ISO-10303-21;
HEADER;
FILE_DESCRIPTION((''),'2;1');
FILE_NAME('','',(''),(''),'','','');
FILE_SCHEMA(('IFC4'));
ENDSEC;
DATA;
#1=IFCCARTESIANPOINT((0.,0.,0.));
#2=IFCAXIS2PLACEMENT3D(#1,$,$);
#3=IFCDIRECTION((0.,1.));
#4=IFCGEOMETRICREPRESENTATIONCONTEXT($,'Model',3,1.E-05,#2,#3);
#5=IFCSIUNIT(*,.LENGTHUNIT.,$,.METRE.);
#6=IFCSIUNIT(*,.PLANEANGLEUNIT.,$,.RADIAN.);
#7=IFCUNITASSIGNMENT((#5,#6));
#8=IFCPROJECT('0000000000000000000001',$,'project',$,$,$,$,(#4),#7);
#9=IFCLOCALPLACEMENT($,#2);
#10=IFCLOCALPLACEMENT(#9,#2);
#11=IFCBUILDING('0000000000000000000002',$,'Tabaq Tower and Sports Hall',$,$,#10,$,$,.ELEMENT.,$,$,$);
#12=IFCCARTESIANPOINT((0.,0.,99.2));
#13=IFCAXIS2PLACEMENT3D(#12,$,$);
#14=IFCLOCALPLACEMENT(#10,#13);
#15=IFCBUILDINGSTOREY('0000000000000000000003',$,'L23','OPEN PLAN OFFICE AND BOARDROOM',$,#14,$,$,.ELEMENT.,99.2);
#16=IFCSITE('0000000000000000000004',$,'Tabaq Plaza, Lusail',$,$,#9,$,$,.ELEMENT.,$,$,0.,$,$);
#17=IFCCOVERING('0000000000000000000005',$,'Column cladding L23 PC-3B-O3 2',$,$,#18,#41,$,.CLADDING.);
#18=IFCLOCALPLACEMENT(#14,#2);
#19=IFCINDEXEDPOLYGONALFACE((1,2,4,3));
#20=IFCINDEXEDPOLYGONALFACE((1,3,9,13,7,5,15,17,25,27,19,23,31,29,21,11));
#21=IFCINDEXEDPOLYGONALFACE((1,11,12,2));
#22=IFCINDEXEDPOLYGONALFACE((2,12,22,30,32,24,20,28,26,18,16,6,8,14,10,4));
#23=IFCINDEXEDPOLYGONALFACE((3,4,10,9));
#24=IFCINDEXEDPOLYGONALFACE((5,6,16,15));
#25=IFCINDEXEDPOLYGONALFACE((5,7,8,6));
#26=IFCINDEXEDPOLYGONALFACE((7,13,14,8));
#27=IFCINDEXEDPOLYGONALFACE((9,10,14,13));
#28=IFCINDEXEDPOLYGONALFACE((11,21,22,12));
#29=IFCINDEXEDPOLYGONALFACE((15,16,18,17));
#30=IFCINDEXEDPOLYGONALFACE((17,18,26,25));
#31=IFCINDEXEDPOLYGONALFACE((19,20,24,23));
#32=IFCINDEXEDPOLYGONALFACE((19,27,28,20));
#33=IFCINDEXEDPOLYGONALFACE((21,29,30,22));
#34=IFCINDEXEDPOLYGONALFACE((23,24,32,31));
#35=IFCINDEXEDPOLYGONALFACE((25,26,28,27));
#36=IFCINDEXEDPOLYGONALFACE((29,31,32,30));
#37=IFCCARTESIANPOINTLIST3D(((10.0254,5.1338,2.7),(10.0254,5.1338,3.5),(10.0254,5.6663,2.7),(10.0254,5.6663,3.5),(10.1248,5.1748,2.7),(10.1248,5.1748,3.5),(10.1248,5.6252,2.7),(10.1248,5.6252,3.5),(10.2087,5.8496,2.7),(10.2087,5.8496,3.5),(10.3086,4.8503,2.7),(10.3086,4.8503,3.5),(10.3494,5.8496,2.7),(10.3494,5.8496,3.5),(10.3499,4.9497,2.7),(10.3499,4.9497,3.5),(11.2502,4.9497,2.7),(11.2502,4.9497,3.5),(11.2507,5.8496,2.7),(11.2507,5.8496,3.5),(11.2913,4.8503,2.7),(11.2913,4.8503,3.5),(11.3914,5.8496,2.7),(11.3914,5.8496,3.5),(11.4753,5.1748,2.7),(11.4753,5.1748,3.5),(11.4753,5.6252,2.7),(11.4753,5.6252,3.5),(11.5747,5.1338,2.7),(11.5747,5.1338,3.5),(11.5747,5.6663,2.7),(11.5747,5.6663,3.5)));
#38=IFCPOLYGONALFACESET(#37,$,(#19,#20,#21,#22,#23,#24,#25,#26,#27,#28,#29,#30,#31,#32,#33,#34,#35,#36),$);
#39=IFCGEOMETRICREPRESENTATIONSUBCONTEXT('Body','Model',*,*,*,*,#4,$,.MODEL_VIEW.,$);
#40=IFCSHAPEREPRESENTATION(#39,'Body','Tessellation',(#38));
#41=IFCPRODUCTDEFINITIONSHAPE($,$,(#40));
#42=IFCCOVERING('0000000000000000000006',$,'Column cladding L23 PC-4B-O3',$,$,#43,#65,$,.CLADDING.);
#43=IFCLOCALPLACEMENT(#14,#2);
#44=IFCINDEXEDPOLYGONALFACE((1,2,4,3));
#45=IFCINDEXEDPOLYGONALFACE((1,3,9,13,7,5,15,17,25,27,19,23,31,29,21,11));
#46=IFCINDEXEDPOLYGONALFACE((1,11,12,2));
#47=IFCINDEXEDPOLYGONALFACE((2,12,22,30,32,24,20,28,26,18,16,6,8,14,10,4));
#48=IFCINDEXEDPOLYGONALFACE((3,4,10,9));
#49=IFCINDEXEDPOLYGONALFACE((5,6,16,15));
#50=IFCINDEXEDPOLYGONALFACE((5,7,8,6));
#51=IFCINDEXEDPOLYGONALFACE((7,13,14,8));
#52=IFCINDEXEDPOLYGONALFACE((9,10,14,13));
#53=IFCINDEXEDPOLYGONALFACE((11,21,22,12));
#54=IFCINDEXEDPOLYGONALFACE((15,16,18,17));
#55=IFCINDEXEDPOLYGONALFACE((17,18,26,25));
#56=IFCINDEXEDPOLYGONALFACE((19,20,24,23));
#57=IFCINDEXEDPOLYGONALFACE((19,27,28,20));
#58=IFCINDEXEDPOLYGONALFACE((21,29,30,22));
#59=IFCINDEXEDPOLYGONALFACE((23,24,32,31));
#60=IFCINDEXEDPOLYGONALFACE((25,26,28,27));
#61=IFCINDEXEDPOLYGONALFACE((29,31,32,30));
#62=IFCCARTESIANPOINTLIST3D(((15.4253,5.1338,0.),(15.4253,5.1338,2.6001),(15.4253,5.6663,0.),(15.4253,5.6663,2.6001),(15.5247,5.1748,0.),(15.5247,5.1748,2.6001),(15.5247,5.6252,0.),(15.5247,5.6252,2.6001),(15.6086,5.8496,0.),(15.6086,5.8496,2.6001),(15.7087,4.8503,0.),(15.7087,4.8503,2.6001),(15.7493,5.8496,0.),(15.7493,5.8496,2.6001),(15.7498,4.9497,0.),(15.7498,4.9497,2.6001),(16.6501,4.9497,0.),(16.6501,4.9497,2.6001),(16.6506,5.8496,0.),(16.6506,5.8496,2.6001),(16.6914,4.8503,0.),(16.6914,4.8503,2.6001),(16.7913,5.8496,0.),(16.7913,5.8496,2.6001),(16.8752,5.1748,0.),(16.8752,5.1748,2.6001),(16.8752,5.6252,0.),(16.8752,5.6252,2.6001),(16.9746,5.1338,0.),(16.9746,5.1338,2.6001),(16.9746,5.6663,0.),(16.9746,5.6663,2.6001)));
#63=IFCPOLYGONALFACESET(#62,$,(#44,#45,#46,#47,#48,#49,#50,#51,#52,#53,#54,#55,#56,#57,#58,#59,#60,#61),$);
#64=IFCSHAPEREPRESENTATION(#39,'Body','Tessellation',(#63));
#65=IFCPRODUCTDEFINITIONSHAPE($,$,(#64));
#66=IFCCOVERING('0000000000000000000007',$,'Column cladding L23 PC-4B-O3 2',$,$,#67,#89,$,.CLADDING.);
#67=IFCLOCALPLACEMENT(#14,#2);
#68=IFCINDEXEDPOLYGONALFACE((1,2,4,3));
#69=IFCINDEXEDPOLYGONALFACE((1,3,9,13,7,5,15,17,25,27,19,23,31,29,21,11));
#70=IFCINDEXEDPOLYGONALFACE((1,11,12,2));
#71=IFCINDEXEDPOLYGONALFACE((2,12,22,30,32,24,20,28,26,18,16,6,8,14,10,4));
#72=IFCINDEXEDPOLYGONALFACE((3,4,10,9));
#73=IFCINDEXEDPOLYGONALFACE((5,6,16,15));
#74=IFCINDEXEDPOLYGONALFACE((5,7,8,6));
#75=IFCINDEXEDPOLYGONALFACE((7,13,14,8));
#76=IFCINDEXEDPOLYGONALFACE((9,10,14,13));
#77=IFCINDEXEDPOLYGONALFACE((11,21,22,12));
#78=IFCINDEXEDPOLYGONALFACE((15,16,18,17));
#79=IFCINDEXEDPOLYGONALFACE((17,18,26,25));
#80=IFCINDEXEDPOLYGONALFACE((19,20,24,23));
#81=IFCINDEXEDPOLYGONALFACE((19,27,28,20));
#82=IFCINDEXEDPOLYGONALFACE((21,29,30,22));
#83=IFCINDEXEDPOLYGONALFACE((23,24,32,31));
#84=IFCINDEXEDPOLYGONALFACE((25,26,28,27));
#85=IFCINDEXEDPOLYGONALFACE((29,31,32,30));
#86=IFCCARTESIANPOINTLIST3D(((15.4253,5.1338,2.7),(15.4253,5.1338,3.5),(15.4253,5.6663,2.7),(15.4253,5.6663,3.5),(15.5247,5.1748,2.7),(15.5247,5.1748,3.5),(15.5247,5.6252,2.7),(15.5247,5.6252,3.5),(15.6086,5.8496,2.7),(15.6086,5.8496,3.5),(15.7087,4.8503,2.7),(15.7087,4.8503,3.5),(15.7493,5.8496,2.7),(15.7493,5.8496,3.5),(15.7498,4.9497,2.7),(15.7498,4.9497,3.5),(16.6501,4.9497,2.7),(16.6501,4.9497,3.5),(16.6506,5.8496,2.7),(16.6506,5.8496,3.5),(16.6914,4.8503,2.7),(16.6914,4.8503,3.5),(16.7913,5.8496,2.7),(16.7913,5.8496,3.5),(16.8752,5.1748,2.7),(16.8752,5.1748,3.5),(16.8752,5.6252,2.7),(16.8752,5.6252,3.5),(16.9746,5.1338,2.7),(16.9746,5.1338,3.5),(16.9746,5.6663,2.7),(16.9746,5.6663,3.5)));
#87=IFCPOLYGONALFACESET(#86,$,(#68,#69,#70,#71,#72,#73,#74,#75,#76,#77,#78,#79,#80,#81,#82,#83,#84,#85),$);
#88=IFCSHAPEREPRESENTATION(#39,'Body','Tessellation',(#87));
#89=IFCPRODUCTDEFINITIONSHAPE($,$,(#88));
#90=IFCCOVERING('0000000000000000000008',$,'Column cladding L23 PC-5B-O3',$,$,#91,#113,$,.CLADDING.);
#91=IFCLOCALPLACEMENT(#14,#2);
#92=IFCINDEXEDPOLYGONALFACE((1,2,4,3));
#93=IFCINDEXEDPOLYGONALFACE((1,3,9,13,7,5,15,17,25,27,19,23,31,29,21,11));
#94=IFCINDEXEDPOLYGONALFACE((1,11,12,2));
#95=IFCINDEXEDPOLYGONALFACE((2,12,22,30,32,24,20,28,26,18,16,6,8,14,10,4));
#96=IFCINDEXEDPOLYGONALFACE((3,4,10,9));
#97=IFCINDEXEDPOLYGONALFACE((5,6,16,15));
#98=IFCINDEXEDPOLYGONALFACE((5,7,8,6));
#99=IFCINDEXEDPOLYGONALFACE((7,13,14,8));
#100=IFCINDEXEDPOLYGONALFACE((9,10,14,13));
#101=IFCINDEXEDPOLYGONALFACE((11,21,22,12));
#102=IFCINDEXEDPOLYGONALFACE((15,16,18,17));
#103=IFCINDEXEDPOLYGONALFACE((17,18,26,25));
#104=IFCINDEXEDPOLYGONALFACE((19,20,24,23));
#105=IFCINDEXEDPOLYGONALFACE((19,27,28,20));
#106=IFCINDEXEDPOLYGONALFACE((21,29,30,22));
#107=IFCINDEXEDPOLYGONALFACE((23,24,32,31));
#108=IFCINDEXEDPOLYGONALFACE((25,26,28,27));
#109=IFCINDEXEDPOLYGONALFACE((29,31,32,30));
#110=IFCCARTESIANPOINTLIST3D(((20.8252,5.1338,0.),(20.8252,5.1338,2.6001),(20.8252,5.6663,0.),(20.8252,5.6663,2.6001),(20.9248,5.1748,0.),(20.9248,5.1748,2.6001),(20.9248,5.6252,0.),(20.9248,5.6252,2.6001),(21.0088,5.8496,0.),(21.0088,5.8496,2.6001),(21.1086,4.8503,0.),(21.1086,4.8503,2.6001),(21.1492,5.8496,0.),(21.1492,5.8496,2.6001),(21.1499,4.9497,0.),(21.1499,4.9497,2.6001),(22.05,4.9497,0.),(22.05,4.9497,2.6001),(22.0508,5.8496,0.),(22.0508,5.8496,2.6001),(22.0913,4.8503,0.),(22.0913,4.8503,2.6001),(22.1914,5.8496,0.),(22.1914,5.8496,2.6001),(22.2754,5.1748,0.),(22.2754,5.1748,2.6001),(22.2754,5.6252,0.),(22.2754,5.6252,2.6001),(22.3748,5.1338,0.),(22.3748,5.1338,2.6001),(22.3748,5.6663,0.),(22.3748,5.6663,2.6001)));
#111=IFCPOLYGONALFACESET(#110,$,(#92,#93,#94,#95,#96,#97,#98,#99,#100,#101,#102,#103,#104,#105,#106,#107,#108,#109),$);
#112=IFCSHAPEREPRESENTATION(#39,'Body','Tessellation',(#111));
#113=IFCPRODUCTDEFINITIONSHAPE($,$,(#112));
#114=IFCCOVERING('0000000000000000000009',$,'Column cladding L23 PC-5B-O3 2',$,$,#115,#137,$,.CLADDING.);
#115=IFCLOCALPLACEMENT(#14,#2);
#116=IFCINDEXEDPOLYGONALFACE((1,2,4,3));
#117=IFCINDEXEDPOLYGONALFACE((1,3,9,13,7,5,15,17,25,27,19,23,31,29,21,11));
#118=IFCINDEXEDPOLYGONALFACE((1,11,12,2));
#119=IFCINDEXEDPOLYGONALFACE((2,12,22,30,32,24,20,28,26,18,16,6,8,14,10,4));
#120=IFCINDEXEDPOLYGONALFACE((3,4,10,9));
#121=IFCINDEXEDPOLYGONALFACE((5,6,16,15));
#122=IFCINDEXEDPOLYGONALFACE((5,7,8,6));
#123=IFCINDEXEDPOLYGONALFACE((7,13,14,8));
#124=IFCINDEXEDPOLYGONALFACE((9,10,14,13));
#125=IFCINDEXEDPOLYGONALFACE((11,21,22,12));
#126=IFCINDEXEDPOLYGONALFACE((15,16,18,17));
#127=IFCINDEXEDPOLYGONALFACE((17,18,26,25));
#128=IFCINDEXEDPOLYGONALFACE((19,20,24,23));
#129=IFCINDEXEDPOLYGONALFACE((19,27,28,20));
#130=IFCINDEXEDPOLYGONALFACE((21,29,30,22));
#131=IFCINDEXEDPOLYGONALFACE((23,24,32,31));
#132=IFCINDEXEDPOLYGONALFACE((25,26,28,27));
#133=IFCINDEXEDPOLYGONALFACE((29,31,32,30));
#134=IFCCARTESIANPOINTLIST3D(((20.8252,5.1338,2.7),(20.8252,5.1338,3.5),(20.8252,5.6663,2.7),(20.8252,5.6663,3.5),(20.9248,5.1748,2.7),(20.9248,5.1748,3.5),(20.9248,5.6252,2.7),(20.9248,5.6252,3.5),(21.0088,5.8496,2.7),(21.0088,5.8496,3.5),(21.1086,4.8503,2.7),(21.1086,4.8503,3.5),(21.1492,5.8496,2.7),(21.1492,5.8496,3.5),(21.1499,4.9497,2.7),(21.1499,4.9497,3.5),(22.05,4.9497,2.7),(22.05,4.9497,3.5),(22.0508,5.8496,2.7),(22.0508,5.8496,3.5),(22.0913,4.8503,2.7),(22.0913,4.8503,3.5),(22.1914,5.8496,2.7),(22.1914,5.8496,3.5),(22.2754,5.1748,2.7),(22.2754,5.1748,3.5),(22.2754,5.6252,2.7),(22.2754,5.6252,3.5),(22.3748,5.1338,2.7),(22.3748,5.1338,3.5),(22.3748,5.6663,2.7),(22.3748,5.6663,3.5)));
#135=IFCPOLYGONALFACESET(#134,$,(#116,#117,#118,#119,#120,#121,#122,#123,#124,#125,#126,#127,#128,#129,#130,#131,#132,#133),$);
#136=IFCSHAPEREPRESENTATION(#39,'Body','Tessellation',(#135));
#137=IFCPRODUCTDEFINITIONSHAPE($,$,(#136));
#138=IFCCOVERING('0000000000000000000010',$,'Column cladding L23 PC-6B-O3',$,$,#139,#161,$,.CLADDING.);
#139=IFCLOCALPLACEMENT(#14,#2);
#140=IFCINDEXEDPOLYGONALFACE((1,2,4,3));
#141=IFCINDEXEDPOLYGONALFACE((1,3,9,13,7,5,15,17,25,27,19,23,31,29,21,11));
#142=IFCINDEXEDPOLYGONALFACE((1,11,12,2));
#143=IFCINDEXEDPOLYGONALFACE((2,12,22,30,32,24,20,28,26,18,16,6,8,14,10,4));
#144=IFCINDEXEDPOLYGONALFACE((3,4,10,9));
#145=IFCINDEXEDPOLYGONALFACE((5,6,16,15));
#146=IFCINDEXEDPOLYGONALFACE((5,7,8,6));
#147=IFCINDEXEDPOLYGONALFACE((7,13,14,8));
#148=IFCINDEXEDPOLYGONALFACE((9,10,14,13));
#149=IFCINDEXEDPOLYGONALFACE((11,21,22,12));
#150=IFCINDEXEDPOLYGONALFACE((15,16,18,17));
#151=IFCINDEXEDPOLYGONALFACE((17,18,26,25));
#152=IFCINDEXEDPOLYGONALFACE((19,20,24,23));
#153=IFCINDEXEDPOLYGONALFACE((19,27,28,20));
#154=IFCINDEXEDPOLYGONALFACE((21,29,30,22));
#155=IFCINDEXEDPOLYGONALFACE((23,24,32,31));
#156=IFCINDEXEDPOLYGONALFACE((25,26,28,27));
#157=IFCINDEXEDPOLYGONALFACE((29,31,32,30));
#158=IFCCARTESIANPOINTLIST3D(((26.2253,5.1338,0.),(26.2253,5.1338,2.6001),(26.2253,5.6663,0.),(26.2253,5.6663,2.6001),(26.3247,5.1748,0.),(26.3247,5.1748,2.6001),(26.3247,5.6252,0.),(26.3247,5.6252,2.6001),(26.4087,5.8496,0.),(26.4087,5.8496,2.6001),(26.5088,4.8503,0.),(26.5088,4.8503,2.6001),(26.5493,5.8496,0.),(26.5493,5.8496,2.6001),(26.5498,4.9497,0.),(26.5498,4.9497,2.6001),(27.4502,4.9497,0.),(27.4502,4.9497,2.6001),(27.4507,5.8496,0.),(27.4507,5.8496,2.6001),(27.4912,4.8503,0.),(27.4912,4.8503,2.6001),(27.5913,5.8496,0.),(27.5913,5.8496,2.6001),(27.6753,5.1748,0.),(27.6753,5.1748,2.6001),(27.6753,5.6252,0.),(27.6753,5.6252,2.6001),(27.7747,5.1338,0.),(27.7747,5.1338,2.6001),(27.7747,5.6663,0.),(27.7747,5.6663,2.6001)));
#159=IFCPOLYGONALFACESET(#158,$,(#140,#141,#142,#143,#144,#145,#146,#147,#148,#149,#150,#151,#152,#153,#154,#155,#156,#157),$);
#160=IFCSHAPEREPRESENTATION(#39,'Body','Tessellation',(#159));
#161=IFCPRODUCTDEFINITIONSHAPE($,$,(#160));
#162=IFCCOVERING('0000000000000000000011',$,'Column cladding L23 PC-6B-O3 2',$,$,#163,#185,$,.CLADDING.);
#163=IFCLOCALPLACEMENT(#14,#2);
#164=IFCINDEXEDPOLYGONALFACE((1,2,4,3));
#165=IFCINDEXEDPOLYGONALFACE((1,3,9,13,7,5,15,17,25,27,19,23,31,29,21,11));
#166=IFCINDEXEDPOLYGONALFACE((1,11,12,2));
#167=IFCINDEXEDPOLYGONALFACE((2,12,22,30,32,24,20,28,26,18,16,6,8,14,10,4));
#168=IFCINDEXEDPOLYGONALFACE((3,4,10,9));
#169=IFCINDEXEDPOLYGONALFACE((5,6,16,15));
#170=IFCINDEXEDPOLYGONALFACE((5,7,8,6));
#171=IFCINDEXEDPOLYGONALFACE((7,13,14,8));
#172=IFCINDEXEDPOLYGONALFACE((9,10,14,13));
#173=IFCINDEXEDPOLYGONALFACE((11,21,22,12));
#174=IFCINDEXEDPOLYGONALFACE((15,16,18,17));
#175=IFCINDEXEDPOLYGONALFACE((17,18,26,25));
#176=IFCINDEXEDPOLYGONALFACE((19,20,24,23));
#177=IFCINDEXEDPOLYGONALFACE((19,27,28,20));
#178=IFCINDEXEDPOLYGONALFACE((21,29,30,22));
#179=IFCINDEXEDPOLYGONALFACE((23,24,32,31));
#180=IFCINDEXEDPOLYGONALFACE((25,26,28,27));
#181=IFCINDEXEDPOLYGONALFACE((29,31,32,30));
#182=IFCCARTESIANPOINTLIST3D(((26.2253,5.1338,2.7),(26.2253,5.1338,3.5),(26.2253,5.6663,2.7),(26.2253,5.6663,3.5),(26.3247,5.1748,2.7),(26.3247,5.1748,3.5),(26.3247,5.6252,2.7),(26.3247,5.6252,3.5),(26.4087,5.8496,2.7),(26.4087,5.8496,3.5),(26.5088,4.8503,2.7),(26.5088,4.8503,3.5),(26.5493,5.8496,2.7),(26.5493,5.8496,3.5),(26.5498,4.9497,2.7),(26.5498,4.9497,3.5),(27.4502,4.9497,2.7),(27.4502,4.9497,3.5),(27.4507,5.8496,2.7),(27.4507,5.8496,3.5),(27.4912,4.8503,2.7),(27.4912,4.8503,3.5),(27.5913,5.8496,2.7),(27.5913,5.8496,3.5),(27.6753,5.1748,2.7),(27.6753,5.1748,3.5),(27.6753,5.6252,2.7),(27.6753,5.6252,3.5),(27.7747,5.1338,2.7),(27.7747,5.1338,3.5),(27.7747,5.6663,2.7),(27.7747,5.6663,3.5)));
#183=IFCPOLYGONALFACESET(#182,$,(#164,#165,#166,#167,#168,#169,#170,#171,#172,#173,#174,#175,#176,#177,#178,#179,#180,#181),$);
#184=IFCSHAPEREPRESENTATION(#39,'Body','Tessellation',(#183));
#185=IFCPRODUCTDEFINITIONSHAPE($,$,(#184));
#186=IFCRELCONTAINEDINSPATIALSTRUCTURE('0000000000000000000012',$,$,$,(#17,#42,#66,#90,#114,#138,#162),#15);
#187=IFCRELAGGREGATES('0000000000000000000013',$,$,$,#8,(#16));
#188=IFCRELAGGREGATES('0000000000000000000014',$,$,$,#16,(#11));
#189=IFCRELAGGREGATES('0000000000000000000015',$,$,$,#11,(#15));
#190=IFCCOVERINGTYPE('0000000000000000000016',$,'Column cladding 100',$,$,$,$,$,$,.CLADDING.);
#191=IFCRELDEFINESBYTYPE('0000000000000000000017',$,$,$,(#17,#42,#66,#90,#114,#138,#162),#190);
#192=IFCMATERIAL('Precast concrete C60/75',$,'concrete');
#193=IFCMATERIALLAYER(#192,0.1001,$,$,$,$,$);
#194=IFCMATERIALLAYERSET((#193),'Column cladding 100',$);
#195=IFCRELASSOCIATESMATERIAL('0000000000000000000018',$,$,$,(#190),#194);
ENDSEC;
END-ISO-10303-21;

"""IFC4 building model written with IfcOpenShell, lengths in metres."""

from ifc_helpers import new_model, si_unit, direction, frame, origin, place, context, subcontext, project, spatial, polyline, outline, extrude, material, layer, layer_set, type_object, element, save


model = new_model("IFC4")

# Units and contexts
model_context = context("Model", 3, precision=1e-05, world=origin(), true_north=direction((0.0, 1.0)))
body_context = subcontext(model_context, "Body", "Model", "MODEL_VIEW")
ifc_project = project(units=[si_unit("LENGTHUNIT", "METRE"), si_unit("PLANEANGLEUNIT", "RADIAN")], contexts=[model_context])

# Site, building, storey
site_placement = place(None, origin())
site = spatial("IfcSite", under=ifc_project, at=site_placement, Name="Tabaq Plaza, Lusail", CompositionType="ELEMENT", RefElevation=0.0)
building_placement = place(site_placement, origin())
building = spatial("IfcBuilding", under=site, at=building_placement, Name="Tabaq Tower and Sports Hall", CompositionType="ELEMENT")
storey_placement = place(building_placement, frame((0.0, 0.0, 99.2)))
storey = spatial("IfcBuildingStorey", under=building, at=storey_placement, Name="L23", Description="OPEN PLAN OFFICE AND BOARDROOM", CompositionType="ELEMENT", Elevation=99.2)

# Coverings
ifc_material_1 = material(Name="Precast concrete C60/75", Category="concrete")
ifc_layer_1 = layer(ifc_material_1, 0.1001)
ifc_layer_set_1 = layer_set([ifc_layer_1], Name="Column cladding 100")
covering_type = type_object("IfcCoveringType", Name="Column cladding 100", PredefinedType="CLADDING", material=ifc_layer_set_1)
covering_1_placement = place(storey_placement, frame((0.0, 0.0, 2.7)))
element("IfcCovering", 1, at=covering_1_placement, inside=storey, type_object=covering_type, Name="Column cladding L23 PC-3B-O3 2", PredefinedType="CLADDING", context=body_context, shape_type="SweptSolid", body=[
    extrude(outline(polyline([(10.0254, 5.6663), (10.2087, 5.8496), (10.3494, 5.8496), (10.1248, 5.6252), (10.1248, 5.1748), (10.3499, 4.9497), (11.2502, 4.9497), (11.4753, 5.1748), (11.4753, 5.6252), (11.2507, 5.8496), (11.3914, 5.8496), (11.5747, 5.6663), (11.5747, 5.1338), (11.2913, 4.8503), (10.3086, 4.8503), (10.0254, 5.1338), (10.0254, 5.6663)])), origin(), (0.0, 0.0, 1.0), 0.8),
])
covering_2_placement = place(storey_placement, origin())
element("IfcCovering", 2, at=covering_2_placement, inside=storey, type_object=covering_type, Name="Column cladding L23 PC-4B-O3", PredefinedType="CLADDING", context=body_context, shape_type="SweptSolid", body=[
    extrude(outline(polyline([(15.4253, 5.6663), (15.6086, 5.8496), (15.7493, 5.8496), (15.5247, 5.6252), (15.5247, 5.1748), (15.7498, 4.9497), (16.6501, 4.9497), (16.8752, 5.1748), (16.8752, 5.6252), (16.6506, 5.8496), (16.7913, 5.8496), (16.9746, 5.6663), (16.9746, 5.1338), (16.6914, 4.8503), (15.7087, 4.8503), (15.4253, 5.1338), (15.4253, 5.6663)])), origin(), (0.0, 0.0, 1.0), 2.6001),
])
covering_3_placement = place(storey_placement, frame((0.0, 0.0, 2.7)))
element("IfcCovering", 3, at=covering_3_placement, inside=storey, type_object=covering_type, Name="Column cladding L23 PC-4B-O3 2", PredefinedType="CLADDING", context=body_context, shape_type="SweptSolid", body=[
    extrude(outline(polyline([(15.4253, 5.6663), (15.6086, 5.8496), (15.7493, 5.8496), (15.5247, 5.6252), (15.5247, 5.1748), (15.7498, 4.9497), (16.6501, 4.9497), (16.8752, 5.1748), (16.8752, 5.6252), (16.6506, 5.8496), (16.7913, 5.8496), (16.9746, 5.6663), (16.9746, 5.1338), (16.6914, 4.8503), (15.7087, 4.8503), (15.4253, 5.1338), (15.4253, 5.6663)])), origin(), (0.0, 0.0, 1.0), 0.8),
])
covering_4_placement = place(storey_placement, origin())
element("IfcCovering", 4, at=covering_4_placement, inside=storey, type_object=covering_type, Name="Column cladding L23 PC-5B-O3", PredefinedType="CLADDING", context=body_context, shape_type="SweptSolid", body=[
    extrude(outline(polyline([(20.8252, 5.6663), (21.0088, 5.8496), (21.1492, 5.8496), (20.9248, 5.6252), (20.9248, 5.1748), (21.1499, 4.9497), (22.05, 4.9497), (22.2754, 5.1748), (22.2754, 5.6252), (22.0508, 5.8496), (22.1914, 5.8496), (22.3748, 5.6663), (22.3748, 5.1338), (22.0913, 4.8503), (21.1086, 4.8503), (20.8252, 5.1338), (20.8252, 5.6663)])), origin(), (0.0, 0.0, 1.0), 2.6001),
])
covering_5_placement = place(storey_placement, frame((0.0, 0.0, 2.7)))
element("IfcCovering", 5, at=covering_5_placement, inside=storey, type_object=covering_type, Name="Column cladding L23 PC-5B-O3 2", PredefinedType="CLADDING", context=body_context, shape_type="SweptSolid", body=[
    extrude(outline(polyline([(20.8252, 5.6663), (21.0088, 5.8496), (21.1492, 5.8496), (20.9248, 5.6252), (20.9248, 5.1748), (21.1499, 4.9497), (22.05, 4.9497), (22.2754, 5.1748), (22.2754, 5.6252), (22.0508, 5.8496), (22.1914, 5.8496), (22.3748, 5.6663), (22.3748, 5.1338), (22.0913, 4.8503), (21.1086, 4.8503), (20.8252, 5.1338), (20.8252, 5.6663)])), origin(), (0.0, 0.0, 1.0), 0.8),
])
covering_6_placement = place(storey_placement, origin())
element("IfcCovering", 6, at=covering_6_placement, inside=storey, type_object=covering_type, Name="Column cladding L23 PC-6B-O3", PredefinedType="CLADDING", context=body_context, shape_type="SweptSolid", body=[
    extrude(outline(polyline([(26.2253, 5.6663), (26.4087, 5.8496), (26.5493, 5.8496), (26.3247, 5.6252), (26.3247, 5.1748), (26.5498, 4.9497), (27.4502, 4.9497), (27.6753, 5.1748), (27.6753, 5.6252), (27.4507, 5.8496), (27.5913, 5.8496), (27.7747, 5.6663), (27.7747, 5.1338), (27.4912, 4.8503), (26.5088, 4.8503), (26.2253, 5.1338), (26.2253, 5.6663)])), origin(), (0.0, 0.0, 1.0), 2.6001),
])
covering_7_placement = place(storey_placement, frame((0.0, 0.0, 2.7)))
element("IfcCovering", 7, at=covering_7_placement, inside=storey, type_object=covering_type, Name="Column cladding L23 PC-6B-O3 2", PredefinedType="CLADDING", context=body_context, shape_type="SweptSolid", body=[
    extrude(outline(polyline([(26.2253, 5.6663), (26.4087, 5.8496), (26.5493, 5.8496), (26.3247, 5.6252), (26.3247, 5.1748), (26.5498, 4.9497), (27.4502, 4.9497), (27.6753, 5.1748), (27.6753, 5.6252), (27.4507, 5.8496), (27.5913, 5.8496), (27.7747, 5.6663), (27.7747, 5.1338), (27.4912, 4.8503), (26.5088, 4.8503), (26.2253, 5.1338), (26.2253, 5.6663)])), origin(), (0.0, 0.0, 1.0), 0.8),
])

save(model, "model.ifc")
